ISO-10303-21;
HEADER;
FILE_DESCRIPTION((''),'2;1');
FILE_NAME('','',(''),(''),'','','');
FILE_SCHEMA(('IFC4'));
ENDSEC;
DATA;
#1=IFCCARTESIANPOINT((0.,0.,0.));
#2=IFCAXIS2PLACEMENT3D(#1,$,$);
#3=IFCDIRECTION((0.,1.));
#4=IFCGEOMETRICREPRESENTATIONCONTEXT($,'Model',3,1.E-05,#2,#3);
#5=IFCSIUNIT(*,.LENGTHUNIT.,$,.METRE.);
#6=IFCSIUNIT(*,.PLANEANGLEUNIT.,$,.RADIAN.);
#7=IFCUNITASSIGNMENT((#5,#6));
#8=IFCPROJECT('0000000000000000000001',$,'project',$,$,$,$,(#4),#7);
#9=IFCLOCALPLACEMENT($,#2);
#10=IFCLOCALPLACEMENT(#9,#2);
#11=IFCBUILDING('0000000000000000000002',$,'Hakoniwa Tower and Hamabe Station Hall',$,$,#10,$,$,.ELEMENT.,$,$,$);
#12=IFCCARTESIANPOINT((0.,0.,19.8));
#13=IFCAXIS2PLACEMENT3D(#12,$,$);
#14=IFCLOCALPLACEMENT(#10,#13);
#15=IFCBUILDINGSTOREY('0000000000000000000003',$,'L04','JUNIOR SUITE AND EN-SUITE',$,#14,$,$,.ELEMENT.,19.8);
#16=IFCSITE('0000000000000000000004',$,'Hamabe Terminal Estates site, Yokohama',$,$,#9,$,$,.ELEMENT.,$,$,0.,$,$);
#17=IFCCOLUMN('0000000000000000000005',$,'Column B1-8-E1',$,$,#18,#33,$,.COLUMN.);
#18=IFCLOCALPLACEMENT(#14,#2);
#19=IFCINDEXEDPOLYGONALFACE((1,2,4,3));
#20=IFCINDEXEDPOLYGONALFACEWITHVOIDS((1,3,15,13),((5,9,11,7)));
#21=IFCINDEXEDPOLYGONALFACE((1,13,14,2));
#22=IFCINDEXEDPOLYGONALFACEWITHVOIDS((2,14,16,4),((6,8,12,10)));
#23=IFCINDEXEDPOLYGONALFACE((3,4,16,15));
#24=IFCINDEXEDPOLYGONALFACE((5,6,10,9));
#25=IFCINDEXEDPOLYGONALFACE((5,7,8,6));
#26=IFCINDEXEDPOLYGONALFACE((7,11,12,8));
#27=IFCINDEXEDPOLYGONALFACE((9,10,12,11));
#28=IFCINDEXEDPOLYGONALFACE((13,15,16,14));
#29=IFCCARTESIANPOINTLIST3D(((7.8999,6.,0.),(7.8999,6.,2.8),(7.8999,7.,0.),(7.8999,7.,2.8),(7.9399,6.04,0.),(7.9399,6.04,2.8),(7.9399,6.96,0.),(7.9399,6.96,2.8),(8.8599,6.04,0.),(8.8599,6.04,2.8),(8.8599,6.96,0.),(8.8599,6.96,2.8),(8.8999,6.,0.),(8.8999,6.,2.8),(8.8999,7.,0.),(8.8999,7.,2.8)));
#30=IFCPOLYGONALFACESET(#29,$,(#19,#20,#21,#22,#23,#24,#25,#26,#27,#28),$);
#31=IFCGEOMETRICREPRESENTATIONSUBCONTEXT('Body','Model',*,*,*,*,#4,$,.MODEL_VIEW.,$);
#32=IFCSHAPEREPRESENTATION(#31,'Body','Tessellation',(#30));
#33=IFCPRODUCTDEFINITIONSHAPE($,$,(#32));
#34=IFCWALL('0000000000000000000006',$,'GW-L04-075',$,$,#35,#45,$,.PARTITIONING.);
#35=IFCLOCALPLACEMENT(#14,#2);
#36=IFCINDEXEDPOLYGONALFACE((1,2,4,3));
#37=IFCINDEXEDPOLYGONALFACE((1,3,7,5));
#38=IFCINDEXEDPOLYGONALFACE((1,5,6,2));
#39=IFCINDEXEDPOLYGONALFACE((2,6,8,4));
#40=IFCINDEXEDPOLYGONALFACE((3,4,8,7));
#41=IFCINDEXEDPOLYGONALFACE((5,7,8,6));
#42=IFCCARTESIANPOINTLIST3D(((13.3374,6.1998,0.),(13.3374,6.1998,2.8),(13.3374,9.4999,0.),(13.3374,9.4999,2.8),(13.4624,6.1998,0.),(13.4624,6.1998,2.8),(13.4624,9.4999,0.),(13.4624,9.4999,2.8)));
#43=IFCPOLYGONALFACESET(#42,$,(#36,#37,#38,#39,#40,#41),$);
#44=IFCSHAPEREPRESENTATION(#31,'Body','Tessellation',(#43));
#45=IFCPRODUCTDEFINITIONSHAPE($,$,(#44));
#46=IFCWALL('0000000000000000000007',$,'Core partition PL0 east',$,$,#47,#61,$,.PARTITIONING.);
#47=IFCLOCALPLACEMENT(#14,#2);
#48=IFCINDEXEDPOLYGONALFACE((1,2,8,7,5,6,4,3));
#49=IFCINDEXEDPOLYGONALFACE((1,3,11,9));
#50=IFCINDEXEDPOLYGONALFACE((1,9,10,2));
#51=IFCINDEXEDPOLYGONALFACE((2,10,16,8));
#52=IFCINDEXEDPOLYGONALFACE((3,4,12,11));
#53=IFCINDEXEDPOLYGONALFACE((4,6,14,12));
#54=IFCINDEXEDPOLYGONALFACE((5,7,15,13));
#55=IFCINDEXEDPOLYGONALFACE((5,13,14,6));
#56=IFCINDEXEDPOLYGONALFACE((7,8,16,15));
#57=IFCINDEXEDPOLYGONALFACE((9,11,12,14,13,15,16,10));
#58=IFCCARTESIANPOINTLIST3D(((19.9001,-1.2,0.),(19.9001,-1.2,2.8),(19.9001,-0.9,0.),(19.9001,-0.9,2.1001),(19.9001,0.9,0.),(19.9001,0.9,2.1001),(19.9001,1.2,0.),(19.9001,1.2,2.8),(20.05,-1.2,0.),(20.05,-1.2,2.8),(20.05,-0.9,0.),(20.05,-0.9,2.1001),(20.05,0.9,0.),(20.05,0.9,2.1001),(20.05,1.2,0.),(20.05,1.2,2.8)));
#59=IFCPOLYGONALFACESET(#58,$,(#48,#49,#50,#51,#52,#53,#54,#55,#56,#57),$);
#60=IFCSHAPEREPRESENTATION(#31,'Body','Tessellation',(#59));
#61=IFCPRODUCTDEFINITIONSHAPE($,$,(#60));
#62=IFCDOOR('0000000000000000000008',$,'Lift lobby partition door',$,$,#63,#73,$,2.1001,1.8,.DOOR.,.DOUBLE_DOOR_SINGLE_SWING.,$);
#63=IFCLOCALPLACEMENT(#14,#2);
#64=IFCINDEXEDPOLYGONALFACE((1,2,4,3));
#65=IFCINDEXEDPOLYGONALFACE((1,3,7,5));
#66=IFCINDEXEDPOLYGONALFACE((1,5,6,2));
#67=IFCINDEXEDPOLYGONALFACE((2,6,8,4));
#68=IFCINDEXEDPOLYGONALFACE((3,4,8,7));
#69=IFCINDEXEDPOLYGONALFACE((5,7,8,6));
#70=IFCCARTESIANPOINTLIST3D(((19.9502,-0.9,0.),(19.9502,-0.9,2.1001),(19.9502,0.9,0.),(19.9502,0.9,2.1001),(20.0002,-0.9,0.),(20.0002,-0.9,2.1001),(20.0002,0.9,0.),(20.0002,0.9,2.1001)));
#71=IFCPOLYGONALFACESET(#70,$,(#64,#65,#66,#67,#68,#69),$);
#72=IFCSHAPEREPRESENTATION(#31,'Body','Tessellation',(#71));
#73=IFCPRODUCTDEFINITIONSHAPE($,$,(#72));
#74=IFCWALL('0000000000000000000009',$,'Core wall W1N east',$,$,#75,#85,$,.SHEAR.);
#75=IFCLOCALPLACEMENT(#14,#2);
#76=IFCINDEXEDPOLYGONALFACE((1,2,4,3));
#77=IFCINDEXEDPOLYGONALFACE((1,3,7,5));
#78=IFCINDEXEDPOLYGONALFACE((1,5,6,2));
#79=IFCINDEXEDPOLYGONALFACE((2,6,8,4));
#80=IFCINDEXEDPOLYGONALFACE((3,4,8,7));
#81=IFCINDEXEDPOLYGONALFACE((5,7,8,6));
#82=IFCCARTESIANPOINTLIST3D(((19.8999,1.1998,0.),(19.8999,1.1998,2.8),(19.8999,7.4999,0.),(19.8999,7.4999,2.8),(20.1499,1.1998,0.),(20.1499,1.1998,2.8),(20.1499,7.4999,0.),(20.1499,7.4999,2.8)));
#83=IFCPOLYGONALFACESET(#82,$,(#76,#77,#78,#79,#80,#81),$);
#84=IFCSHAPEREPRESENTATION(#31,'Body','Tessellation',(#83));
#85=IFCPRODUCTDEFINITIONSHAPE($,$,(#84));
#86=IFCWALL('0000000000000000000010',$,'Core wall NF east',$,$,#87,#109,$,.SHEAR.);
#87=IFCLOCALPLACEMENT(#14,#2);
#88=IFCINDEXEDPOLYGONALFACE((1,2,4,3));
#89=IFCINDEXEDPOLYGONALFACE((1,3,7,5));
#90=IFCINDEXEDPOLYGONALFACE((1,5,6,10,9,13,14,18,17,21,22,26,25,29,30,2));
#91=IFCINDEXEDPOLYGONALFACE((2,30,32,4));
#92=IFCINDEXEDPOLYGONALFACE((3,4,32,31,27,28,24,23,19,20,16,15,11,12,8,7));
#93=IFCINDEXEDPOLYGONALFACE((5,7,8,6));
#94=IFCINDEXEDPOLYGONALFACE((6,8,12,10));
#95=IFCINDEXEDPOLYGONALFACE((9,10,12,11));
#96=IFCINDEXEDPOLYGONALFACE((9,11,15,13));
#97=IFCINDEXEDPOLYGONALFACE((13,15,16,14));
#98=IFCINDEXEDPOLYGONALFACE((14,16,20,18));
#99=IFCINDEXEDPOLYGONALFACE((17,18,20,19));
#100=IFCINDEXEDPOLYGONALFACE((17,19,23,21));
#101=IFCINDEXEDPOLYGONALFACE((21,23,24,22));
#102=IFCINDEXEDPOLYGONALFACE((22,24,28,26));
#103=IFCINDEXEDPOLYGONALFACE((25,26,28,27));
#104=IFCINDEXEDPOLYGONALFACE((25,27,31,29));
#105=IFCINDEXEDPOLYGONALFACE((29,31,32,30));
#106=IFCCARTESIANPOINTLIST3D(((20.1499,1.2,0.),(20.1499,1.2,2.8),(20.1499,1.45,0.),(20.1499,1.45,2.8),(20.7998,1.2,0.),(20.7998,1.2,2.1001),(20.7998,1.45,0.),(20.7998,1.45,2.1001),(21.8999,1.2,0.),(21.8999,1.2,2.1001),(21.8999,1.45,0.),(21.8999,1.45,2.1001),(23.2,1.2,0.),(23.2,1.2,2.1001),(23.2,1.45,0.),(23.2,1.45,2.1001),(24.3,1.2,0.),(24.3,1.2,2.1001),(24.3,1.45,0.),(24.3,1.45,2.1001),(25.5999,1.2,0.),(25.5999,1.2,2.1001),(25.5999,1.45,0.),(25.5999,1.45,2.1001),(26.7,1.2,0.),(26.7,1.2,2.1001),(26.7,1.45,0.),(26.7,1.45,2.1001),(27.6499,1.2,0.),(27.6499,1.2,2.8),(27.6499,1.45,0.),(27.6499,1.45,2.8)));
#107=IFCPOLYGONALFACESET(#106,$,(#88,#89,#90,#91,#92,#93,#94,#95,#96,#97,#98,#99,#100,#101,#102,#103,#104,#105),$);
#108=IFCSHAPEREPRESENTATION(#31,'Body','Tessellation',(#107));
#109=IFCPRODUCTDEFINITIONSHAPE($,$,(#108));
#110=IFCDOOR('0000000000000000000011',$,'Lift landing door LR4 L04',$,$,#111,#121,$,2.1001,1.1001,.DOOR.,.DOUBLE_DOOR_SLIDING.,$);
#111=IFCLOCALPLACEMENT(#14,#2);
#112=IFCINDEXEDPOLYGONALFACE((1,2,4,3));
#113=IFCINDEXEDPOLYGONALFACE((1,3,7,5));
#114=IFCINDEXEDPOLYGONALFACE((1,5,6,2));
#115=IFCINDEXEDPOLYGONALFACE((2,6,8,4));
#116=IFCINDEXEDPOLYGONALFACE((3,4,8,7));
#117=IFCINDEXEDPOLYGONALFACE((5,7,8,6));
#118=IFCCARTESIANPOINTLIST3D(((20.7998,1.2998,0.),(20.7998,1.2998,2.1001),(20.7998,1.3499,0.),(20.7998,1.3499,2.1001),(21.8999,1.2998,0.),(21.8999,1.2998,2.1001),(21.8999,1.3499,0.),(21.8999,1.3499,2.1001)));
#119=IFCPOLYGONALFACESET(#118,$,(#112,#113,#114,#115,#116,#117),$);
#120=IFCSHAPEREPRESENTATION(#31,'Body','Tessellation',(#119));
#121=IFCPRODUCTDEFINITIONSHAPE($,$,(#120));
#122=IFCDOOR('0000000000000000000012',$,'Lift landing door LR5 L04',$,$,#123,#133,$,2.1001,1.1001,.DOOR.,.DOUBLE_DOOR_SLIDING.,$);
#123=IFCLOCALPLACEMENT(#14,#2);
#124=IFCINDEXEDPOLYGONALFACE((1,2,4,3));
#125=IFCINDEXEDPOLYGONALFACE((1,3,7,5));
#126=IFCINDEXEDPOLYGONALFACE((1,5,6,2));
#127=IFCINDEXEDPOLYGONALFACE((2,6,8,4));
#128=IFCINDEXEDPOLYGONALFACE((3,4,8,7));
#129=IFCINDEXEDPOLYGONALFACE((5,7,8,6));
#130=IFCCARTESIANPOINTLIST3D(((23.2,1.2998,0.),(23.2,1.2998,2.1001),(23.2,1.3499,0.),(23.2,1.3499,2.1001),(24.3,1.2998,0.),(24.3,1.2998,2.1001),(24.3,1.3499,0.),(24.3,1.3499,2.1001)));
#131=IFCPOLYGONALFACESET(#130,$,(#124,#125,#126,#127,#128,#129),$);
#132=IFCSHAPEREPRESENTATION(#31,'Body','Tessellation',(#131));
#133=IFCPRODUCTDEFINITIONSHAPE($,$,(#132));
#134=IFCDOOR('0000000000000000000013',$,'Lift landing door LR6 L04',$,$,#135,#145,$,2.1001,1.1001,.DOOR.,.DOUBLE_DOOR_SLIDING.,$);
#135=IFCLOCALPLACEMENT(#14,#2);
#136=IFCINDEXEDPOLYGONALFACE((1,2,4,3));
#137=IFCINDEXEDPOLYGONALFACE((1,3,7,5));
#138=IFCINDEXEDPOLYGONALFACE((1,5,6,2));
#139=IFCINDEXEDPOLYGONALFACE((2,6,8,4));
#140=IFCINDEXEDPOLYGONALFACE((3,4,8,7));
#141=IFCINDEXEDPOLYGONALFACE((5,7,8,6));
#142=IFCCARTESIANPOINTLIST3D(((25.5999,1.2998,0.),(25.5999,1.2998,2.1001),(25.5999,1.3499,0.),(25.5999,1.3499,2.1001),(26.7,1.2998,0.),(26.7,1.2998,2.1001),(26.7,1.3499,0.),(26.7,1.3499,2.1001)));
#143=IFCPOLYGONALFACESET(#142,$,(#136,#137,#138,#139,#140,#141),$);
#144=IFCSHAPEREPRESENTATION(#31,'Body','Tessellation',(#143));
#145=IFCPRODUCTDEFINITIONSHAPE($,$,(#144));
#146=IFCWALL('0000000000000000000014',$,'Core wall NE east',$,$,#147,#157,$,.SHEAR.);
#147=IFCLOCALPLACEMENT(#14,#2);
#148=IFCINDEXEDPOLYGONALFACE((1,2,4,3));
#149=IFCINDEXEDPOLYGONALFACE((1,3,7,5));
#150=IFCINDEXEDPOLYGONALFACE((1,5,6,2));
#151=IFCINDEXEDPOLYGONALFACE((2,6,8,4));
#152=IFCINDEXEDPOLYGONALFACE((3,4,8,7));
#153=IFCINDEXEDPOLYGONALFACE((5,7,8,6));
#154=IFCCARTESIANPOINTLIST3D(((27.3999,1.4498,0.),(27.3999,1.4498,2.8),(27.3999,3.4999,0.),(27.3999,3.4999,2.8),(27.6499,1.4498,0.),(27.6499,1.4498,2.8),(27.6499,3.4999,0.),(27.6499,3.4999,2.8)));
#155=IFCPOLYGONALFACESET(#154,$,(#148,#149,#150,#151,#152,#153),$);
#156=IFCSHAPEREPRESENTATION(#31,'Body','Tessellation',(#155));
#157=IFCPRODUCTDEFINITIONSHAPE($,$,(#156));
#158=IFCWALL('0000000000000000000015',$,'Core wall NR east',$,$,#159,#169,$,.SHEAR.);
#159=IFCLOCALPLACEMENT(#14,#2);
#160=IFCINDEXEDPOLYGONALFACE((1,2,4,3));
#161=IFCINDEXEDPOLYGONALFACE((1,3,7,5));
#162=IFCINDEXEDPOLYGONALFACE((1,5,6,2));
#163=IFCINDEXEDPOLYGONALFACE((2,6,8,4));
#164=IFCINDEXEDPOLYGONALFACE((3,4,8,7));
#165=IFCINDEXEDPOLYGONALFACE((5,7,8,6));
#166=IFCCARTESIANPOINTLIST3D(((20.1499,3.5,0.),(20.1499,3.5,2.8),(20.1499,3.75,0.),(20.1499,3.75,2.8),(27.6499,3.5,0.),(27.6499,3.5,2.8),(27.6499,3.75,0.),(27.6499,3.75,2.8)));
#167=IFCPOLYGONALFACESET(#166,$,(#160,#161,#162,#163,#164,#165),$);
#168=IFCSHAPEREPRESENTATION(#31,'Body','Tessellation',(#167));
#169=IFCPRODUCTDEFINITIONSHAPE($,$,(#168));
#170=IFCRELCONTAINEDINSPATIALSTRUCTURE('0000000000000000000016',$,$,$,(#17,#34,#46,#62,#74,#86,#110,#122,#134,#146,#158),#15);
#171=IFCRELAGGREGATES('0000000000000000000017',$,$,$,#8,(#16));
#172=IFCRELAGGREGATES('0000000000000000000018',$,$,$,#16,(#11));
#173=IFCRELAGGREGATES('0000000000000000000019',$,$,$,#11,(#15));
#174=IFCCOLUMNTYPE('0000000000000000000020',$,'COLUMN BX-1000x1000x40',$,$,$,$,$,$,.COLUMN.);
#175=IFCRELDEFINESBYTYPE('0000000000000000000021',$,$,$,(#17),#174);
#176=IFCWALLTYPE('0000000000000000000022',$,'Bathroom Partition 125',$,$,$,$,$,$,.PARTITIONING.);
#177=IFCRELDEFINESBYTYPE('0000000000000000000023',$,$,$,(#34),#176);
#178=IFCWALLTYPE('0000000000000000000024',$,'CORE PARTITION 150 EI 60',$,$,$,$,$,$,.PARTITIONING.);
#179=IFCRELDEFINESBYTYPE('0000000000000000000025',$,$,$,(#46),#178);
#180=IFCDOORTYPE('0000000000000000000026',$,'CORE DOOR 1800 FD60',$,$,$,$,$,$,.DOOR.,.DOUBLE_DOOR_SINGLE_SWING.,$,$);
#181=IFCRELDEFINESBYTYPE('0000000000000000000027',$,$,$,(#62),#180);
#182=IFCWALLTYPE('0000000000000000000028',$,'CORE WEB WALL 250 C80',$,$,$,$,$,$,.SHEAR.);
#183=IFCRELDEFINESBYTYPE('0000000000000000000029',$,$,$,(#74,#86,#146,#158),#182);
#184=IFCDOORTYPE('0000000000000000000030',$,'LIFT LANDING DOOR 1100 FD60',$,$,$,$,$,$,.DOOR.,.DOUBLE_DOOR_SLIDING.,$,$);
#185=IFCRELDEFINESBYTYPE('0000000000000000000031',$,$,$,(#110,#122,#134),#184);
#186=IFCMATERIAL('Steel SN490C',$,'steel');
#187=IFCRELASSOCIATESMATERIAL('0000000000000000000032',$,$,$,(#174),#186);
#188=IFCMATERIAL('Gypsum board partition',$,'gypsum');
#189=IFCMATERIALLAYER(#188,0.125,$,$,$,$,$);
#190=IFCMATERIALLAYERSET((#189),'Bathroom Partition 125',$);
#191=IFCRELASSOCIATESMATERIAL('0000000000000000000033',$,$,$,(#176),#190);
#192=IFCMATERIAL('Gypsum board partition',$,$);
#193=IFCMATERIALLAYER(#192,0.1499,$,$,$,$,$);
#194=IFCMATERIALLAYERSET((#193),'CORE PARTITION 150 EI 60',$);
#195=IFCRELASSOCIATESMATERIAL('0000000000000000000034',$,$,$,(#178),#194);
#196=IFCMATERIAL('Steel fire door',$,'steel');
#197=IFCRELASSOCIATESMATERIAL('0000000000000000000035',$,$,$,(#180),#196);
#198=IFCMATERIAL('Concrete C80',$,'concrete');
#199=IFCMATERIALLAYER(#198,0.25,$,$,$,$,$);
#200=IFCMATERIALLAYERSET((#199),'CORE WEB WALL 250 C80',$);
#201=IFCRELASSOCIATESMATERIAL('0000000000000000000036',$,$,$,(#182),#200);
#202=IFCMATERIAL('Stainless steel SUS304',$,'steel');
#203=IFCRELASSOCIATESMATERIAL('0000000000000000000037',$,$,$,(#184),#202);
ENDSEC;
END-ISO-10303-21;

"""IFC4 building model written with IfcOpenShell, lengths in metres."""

from ifc_helpers import new_model, si_unit, direction, frame, frame_2d, origin, origin_2d, place, context, subcontext, project, spatial, rectangle, hollow_rectangle, extrude, material, layer, layer_set, material_profile, profile_set, type_object, element, fill, save


model = new_model("IFC4")

# Units and contexts
model_context = context("Model", 3, precision=1e-05, world=origin(), true_north=direction((0.0, 1.0)))
body_context = subcontext(model_context, "Body", "Model", "MODEL_VIEW")
ifc_project = project(units=[si_unit("LENGTHUNIT", "METRE"), si_unit("PLANEANGLEUNIT", "RADIAN")], contexts=[model_context])

# Site, building, storey
site_placement = place(None, origin())
site = spatial("IfcSite", under=ifc_project, at=site_placement, Name="Hamabe Terminal Estates site, Yokohama", CompositionType="ELEMENT", RefElevation=0.0)
building_placement = place(site_placement, origin())
building = spatial("IfcBuilding", under=site, at=building_placement, Name="Hakoniwa Tower and Hamabe Station Hall", CompositionType="ELEMENT")
storey_placement = place(building_placement, frame((0.0, 0.0, 19.8)))
storey = spatial("IfcBuildingStorey", under=building, at=storey_placement, Name="L04", Description="JUNIOR SUITE AND EN-SUITE", CompositionType="ELEMENT", Elevation=19.8)

# Column
ifc_material_1 = material(Name="Steel SN490C", Category="steel")
ifc_material_profile = material_profile(ifc_material_1, hollow_rectangle(XDim=1.0, YDim=1.0, WallThickness=0.04, at=origin_2d()), Name="BX-1000x1000x40")
ifc_profile_set = profile_set([ifc_material_profile], Name="Steel SN490C")
column_type = type_object("IfcColumnType", Name="COLUMN BX-1000x1000x40", PredefinedType="COLUMN", material=ifc_profile_set)
column_placement = place(storey_placement, frame((8.3999, 6.5, 0.0), z_axis=(0.0, 0.0, 1.0), x_axis=(1.0, 0.0, 0.0)))
element("IfcColumn", 1, at=column_placement, inside=storey, type_object=column_type, Name="Column B1-8-E1", PredefinedType="COLUMN", context=body_context, shape_type="SweptSolid", body=[
    extrude(hollow_rectangle(XDim=1.0, YDim=1.0, WallThickness=0.04, at=origin_2d()), origin(), (0.0, 0.0, 1.0), 2.8),
])

# Wall
ifc_material_2 = material(Name="Gypsum board partition", Category="gypsum")
ifc_layer_1 = layer(ifc_material_2, 0.125)
ifc_layer_set_1 = layer_set([ifc_layer_1], Name="Bathroom Partition 125")
wall_type_1 = type_object("IfcWallType", Name="Bathroom Partition 125", PredefinedType="PARTITIONING", material=ifc_layer_set_1)
wall_1_placement = place(storey_placement, frame((13.3999, 6.2, 0.0), z_axis=(0.0, 0.0, 1.0), x_axis=(0.0, 1.0, 0.0)))
element("IfcWall", 2, at=wall_1_placement, inside=storey, type_object=wall_type_1, Name="GW-L04-075", PredefinedType="PARTITIONING", context=body_context, shape_type="SweptSolid", body=[
    extrude(rectangle(XDim=3.3, YDim=0.125, at=frame_2d((1.6499, 0.0))), origin(), (0.0, 0.0, 1.0), 2.8),
])

# Wall, opening, door
ifc_material_3 = material(Name="Gypsum board partition")
ifc_layer_2 = layer(ifc_material_3, 0.1499)
ifc_layer_set_2 = layer_set([ifc_layer_2], Name="CORE PARTITION 150 EI 60")
wall_type_2 = type_object("IfcWallType", Name="CORE PARTITION 150 EI 60", PredefinedType="PARTITIONING", material=ifc_layer_set_2)
wall_2_placement = place(storey_placement, frame((19.9751, -1.2, 0.0), z_axis=(0.0, 0.0, 1.0), x_axis=(0.0, 1.0, 0.0)))
wall_2 = element("IfcWall", 3, at=wall_2_placement, inside=storey, type_object=wall_type_2, Name="Core partition PL0 east", PredefinedType="PARTITIONING", context=body_context, shape_type="SweptSolid", body=[
    extrude(rectangle(XDim=2.3999, YDim=0.1499, at=frame_2d((1.2, 0.0))), origin(), (0.0, 0.0, 1.0), 2.8),
])
opening_1_placement = place(wall_2_placement, frame((0.3, 0.0, 0.0)))
opening_1 = element("IfcOpeningElement", 4, at=opening_1_placement, cuts=wall_2, PredefinedType="OPENING", context=body_context, shape_type="SweptSolid", body=[
    extrude(rectangle(XDim=1.8, YDim=2.1001, at=frame_2d((0.8999, 1.05))), frame((0.0, 0.085, 0.0), z_axis=(0.0, -1.0, 0.0), x_axis=(1.0, 0.0, 0.0)), (0.0, 0.0, 1.0), 0.1699),
])
ifc_material_4 = material(Name="Steel fire door", Category="steel")
door_type_1 = type_object("IfcDoorType", Name="CORE DOOR 1800 FD60", OperationType="DOUBLE_DOOR_SINGLE_SWING", PredefinedType="DOOR", material=ifc_material_4)
door_1_placement = place(opening_1_placement, origin())
door_1 = element("IfcDoor", 5, at=door_1_placement, inside=storey, type_object=door_type_1, Name="Lift lobby partition door", OperationType="DOUBLE_DOOR_SINGLE_SWING", OverallHeight=2.1001, OverallWidth=1.8, PredefinedType="DOOR", context=body_context, shape_type="SweptSolid", body=[
    extrude(rectangle(XDim=1.8, YDim=2.1001, at=frame_2d((0.8999, 1.05))), frame((0.0, 0.0249, 0.0), z_axis=(0.0, -1.0, 0.0), x_axis=(1.0, 0.0, 0.0)), (0.0, 0.0, 1.0), 0.05),
])
fill(opening_1, door_1)

# Wall
ifc_material_5 = material(Name="Concrete C80", Category="concrete")
ifc_layer_3 = layer(ifc_material_5, 0.25)
ifc_layer_set_3 = layer_set([ifc_layer_3], Name="CORE WEB WALL 250 C80")
wall_type_3 = type_object("IfcWallType", Name="CORE WEB WALL 250 C80", PredefinedType="SHEAR", material=ifc_layer_set_3)
wall_3_placement = place(storey_placement, frame((20.0249, 1.2, 0.0), z_axis=(0.0, 0.0, 1.0), x_axis=(0.0, 1.0, 0.0)))
element("IfcWall", 6, at=wall_3_placement, inside=storey, type_object=wall_type_3, Name="Core wall W1N east", PredefinedType="SHEAR", context=body_context, shape_type="SweptSolid", body=[
    extrude(rectangle(XDim=6.3, YDim=0.25, at=frame_2d((3.1499, 0.0))), origin(), (0.0, 0.0, 1.0), 2.8),
])

# Wall, openings, doors
wall_4_placement = place(storey_placement, frame((20.1499, 1.325, 0.0), z_axis=(0.0, 0.0, 1.0), x_axis=(1.0, 0.0, 0.0)))
wall_4 = element("IfcWall", 7, at=wall_4_placement, inside=storey, type_object=wall_type_3, Name="Core wall NF east", PredefinedType="SHEAR", context=body_context, shape_type="SweptSolid", body=[
    extrude(rectangle(XDim=7.5, YDim=0.25, at=frame_2d((3.75, 0.0))), origin(), (0.0, 0.0, 1.0), 2.8),
])
opening_2_placement = place(wall_4_placement, frame((0.6499, 0.0, 0.0)))
opening_2 = element("IfcOpeningElement", 8, at=opening_2_placement, cuts=wall_4, PredefinedType="OPENING", context=body_context, shape_type="SweptSolid", body=[
    extrude(rectangle(XDim=1.1001, YDim=2.1001, at=frame_2d((0.55, 1.05))), frame((0.0, 0.135, 0.0), z_axis=(0.0, -1.0, 0.0), x_axis=(1.0, 0.0, 0.0)), (0.0, 0.0, 1.0), 0.27),
])
opening_3_placement = place(wall_4_placement, frame((3.05, 0.0, 0.0)))
opening_3 = element("IfcOpeningElement", 9, at=opening_3_placement, cuts=wall_4, PredefinedType="OPENING", context=body_context, shape_type="SweptSolid", body=[
    extrude(rectangle(XDim=1.1001, YDim=2.1001, at=frame_2d((0.55, 1.05))), frame((0.0, 0.135, 0.0), z_axis=(0.0, -1.0, 0.0), x_axis=(1.0, 0.0, 0.0)), (0.0, 0.0, 1.0), 0.27),
])
opening_4_placement = place(wall_4_placement, frame((5.45, 0.0, 0.0)))
opening_4 = element("IfcOpeningElement", 10, at=opening_4_placement, cuts=wall_4, PredefinedType="OPENING", context=body_context, shape_type="SweptSolid", body=[
    extrude(rectangle(XDim=1.1001, YDim=2.1001, at=frame_2d((0.55, 1.05))), frame((0.0, 0.135, 0.0), z_axis=(0.0, -1.0, 0.0), x_axis=(1.0, 0.0, 0.0)), (0.0, 0.0, 1.0), 0.27),
])
ifc_material_6 = material(Name="Stainless steel SUS304", Category="steel")
door_type_2 = type_object("IfcDoorType", Name="LIFT LANDING DOOR 1100 FD60", OperationType="DOUBLE_DOOR_SLIDING", PredefinedType="DOOR", material=ifc_material_6)
door_2_placement = place(opening_2_placement, origin())
door_2 = element("IfcDoor", 11, at=door_2_placement, inside=storey, type_object=door_type_2, Name="Lift landing door LR4 L04", OperationType="DOUBLE_DOOR_SLIDING", OverallHeight=2.1001, OverallWidth=1.1001, PredefinedType="DOOR", context=body_context, shape_type="SweptSolid", body=[
    extrude(rectangle(XDim=1.1001, YDim=2.1001, at=frame_2d((0.55, 1.05))), frame((0.0, 0.0249, 0.0), z_axis=(0.0, -1.0, 0.0), x_axis=(1.0, 0.0, 0.0)), (0.0, 0.0, 1.0), 0.05),
])
fill(opening_2, door_2)
door_3_placement = place(opening_3_placement, origin())
door_3 = element("IfcDoor", 12, at=door_3_placement, inside=storey, type_object=door_type_2, Name="Lift landing door LR5 L04", OperationType="DOUBLE_DOOR_SLIDING", OverallHeight=2.1001, OverallWidth=1.1001, PredefinedType="DOOR", context=body_context, shape_type="SweptSolid", body=[
    extrude(rectangle(XDim=1.1001, YDim=2.1001, at=frame_2d((0.55, 1.05))), frame((0.0, 0.0249, 0.0), z_axis=(0.0, -1.0, 0.0), x_axis=(1.0, 0.0, 0.0)), (0.0, 0.0, 1.0), 0.05),
])
fill(opening_3, door_3)
door_4_placement = place(opening_4_placement, origin())
door_4 = element("IfcDoor", 13, at=door_4_placement, inside=storey, type_object=door_type_2, Name="Lift landing door LR6 L04", OperationType="DOUBLE_DOOR_SLIDING", OverallHeight=2.1001, OverallWidth=1.1001, PredefinedType="DOOR", context=body_context, shape_type="SweptSolid", body=[
    extrude(rectangle(XDim=1.1001, YDim=2.1001, at=frame_2d((0.55, 1.05))), frame((0.0, 0.0249, 0.0), z_axis=(0.0, -1.0, 0.0), x_axis=(1.0, 0.0, 0.0)), (0.0, 0.0, 1.0), 0.05),
])
fill(opening_4, door_4)

# Walls
wall_5_placement = place(storey_placement, frame((27.5249, 1.45, 0.0), z_axis=(0.0, 0.0, 1.0), x_axis=(0.0, 1.0, 0.0)))
element("IfcWall", 14, at=wall_5_placement, inside=storey, type_object=wall_type_3, Name="Core wall NE east", PredefinedType="SHEAR", context=body_context, shape_type="SweptSolid", body=[
    extrude(rectangle(XDim=2.05, YDim=0.25, at=frame_2d((1.0249, 0.0))), origin(), (0.0, 0.0, 1.0), 2.8),
])
wall_6_placement = place(storey_placement, frame((20.1499, 3.625, 0.0), z_axis=(0.0, 0.0, 1.0), x_axis=(1.0, 0.0, 0.0)))
element("IfcWall", 15, at=wall_6_placement, inside=storey, type_object=wall_type_3, Name="Core wall NR east", PredefinedType="SHEAR", context=body_context, shape_type="SweptSolid", body=[
    extrude(rectangle(XDim=7.5, YDim=0.25, at=frame_2d((3.75, 0.0))), origin(), (0.0, 0.0, 1.0), 2.8),
])

save(model, "model.ifc")
